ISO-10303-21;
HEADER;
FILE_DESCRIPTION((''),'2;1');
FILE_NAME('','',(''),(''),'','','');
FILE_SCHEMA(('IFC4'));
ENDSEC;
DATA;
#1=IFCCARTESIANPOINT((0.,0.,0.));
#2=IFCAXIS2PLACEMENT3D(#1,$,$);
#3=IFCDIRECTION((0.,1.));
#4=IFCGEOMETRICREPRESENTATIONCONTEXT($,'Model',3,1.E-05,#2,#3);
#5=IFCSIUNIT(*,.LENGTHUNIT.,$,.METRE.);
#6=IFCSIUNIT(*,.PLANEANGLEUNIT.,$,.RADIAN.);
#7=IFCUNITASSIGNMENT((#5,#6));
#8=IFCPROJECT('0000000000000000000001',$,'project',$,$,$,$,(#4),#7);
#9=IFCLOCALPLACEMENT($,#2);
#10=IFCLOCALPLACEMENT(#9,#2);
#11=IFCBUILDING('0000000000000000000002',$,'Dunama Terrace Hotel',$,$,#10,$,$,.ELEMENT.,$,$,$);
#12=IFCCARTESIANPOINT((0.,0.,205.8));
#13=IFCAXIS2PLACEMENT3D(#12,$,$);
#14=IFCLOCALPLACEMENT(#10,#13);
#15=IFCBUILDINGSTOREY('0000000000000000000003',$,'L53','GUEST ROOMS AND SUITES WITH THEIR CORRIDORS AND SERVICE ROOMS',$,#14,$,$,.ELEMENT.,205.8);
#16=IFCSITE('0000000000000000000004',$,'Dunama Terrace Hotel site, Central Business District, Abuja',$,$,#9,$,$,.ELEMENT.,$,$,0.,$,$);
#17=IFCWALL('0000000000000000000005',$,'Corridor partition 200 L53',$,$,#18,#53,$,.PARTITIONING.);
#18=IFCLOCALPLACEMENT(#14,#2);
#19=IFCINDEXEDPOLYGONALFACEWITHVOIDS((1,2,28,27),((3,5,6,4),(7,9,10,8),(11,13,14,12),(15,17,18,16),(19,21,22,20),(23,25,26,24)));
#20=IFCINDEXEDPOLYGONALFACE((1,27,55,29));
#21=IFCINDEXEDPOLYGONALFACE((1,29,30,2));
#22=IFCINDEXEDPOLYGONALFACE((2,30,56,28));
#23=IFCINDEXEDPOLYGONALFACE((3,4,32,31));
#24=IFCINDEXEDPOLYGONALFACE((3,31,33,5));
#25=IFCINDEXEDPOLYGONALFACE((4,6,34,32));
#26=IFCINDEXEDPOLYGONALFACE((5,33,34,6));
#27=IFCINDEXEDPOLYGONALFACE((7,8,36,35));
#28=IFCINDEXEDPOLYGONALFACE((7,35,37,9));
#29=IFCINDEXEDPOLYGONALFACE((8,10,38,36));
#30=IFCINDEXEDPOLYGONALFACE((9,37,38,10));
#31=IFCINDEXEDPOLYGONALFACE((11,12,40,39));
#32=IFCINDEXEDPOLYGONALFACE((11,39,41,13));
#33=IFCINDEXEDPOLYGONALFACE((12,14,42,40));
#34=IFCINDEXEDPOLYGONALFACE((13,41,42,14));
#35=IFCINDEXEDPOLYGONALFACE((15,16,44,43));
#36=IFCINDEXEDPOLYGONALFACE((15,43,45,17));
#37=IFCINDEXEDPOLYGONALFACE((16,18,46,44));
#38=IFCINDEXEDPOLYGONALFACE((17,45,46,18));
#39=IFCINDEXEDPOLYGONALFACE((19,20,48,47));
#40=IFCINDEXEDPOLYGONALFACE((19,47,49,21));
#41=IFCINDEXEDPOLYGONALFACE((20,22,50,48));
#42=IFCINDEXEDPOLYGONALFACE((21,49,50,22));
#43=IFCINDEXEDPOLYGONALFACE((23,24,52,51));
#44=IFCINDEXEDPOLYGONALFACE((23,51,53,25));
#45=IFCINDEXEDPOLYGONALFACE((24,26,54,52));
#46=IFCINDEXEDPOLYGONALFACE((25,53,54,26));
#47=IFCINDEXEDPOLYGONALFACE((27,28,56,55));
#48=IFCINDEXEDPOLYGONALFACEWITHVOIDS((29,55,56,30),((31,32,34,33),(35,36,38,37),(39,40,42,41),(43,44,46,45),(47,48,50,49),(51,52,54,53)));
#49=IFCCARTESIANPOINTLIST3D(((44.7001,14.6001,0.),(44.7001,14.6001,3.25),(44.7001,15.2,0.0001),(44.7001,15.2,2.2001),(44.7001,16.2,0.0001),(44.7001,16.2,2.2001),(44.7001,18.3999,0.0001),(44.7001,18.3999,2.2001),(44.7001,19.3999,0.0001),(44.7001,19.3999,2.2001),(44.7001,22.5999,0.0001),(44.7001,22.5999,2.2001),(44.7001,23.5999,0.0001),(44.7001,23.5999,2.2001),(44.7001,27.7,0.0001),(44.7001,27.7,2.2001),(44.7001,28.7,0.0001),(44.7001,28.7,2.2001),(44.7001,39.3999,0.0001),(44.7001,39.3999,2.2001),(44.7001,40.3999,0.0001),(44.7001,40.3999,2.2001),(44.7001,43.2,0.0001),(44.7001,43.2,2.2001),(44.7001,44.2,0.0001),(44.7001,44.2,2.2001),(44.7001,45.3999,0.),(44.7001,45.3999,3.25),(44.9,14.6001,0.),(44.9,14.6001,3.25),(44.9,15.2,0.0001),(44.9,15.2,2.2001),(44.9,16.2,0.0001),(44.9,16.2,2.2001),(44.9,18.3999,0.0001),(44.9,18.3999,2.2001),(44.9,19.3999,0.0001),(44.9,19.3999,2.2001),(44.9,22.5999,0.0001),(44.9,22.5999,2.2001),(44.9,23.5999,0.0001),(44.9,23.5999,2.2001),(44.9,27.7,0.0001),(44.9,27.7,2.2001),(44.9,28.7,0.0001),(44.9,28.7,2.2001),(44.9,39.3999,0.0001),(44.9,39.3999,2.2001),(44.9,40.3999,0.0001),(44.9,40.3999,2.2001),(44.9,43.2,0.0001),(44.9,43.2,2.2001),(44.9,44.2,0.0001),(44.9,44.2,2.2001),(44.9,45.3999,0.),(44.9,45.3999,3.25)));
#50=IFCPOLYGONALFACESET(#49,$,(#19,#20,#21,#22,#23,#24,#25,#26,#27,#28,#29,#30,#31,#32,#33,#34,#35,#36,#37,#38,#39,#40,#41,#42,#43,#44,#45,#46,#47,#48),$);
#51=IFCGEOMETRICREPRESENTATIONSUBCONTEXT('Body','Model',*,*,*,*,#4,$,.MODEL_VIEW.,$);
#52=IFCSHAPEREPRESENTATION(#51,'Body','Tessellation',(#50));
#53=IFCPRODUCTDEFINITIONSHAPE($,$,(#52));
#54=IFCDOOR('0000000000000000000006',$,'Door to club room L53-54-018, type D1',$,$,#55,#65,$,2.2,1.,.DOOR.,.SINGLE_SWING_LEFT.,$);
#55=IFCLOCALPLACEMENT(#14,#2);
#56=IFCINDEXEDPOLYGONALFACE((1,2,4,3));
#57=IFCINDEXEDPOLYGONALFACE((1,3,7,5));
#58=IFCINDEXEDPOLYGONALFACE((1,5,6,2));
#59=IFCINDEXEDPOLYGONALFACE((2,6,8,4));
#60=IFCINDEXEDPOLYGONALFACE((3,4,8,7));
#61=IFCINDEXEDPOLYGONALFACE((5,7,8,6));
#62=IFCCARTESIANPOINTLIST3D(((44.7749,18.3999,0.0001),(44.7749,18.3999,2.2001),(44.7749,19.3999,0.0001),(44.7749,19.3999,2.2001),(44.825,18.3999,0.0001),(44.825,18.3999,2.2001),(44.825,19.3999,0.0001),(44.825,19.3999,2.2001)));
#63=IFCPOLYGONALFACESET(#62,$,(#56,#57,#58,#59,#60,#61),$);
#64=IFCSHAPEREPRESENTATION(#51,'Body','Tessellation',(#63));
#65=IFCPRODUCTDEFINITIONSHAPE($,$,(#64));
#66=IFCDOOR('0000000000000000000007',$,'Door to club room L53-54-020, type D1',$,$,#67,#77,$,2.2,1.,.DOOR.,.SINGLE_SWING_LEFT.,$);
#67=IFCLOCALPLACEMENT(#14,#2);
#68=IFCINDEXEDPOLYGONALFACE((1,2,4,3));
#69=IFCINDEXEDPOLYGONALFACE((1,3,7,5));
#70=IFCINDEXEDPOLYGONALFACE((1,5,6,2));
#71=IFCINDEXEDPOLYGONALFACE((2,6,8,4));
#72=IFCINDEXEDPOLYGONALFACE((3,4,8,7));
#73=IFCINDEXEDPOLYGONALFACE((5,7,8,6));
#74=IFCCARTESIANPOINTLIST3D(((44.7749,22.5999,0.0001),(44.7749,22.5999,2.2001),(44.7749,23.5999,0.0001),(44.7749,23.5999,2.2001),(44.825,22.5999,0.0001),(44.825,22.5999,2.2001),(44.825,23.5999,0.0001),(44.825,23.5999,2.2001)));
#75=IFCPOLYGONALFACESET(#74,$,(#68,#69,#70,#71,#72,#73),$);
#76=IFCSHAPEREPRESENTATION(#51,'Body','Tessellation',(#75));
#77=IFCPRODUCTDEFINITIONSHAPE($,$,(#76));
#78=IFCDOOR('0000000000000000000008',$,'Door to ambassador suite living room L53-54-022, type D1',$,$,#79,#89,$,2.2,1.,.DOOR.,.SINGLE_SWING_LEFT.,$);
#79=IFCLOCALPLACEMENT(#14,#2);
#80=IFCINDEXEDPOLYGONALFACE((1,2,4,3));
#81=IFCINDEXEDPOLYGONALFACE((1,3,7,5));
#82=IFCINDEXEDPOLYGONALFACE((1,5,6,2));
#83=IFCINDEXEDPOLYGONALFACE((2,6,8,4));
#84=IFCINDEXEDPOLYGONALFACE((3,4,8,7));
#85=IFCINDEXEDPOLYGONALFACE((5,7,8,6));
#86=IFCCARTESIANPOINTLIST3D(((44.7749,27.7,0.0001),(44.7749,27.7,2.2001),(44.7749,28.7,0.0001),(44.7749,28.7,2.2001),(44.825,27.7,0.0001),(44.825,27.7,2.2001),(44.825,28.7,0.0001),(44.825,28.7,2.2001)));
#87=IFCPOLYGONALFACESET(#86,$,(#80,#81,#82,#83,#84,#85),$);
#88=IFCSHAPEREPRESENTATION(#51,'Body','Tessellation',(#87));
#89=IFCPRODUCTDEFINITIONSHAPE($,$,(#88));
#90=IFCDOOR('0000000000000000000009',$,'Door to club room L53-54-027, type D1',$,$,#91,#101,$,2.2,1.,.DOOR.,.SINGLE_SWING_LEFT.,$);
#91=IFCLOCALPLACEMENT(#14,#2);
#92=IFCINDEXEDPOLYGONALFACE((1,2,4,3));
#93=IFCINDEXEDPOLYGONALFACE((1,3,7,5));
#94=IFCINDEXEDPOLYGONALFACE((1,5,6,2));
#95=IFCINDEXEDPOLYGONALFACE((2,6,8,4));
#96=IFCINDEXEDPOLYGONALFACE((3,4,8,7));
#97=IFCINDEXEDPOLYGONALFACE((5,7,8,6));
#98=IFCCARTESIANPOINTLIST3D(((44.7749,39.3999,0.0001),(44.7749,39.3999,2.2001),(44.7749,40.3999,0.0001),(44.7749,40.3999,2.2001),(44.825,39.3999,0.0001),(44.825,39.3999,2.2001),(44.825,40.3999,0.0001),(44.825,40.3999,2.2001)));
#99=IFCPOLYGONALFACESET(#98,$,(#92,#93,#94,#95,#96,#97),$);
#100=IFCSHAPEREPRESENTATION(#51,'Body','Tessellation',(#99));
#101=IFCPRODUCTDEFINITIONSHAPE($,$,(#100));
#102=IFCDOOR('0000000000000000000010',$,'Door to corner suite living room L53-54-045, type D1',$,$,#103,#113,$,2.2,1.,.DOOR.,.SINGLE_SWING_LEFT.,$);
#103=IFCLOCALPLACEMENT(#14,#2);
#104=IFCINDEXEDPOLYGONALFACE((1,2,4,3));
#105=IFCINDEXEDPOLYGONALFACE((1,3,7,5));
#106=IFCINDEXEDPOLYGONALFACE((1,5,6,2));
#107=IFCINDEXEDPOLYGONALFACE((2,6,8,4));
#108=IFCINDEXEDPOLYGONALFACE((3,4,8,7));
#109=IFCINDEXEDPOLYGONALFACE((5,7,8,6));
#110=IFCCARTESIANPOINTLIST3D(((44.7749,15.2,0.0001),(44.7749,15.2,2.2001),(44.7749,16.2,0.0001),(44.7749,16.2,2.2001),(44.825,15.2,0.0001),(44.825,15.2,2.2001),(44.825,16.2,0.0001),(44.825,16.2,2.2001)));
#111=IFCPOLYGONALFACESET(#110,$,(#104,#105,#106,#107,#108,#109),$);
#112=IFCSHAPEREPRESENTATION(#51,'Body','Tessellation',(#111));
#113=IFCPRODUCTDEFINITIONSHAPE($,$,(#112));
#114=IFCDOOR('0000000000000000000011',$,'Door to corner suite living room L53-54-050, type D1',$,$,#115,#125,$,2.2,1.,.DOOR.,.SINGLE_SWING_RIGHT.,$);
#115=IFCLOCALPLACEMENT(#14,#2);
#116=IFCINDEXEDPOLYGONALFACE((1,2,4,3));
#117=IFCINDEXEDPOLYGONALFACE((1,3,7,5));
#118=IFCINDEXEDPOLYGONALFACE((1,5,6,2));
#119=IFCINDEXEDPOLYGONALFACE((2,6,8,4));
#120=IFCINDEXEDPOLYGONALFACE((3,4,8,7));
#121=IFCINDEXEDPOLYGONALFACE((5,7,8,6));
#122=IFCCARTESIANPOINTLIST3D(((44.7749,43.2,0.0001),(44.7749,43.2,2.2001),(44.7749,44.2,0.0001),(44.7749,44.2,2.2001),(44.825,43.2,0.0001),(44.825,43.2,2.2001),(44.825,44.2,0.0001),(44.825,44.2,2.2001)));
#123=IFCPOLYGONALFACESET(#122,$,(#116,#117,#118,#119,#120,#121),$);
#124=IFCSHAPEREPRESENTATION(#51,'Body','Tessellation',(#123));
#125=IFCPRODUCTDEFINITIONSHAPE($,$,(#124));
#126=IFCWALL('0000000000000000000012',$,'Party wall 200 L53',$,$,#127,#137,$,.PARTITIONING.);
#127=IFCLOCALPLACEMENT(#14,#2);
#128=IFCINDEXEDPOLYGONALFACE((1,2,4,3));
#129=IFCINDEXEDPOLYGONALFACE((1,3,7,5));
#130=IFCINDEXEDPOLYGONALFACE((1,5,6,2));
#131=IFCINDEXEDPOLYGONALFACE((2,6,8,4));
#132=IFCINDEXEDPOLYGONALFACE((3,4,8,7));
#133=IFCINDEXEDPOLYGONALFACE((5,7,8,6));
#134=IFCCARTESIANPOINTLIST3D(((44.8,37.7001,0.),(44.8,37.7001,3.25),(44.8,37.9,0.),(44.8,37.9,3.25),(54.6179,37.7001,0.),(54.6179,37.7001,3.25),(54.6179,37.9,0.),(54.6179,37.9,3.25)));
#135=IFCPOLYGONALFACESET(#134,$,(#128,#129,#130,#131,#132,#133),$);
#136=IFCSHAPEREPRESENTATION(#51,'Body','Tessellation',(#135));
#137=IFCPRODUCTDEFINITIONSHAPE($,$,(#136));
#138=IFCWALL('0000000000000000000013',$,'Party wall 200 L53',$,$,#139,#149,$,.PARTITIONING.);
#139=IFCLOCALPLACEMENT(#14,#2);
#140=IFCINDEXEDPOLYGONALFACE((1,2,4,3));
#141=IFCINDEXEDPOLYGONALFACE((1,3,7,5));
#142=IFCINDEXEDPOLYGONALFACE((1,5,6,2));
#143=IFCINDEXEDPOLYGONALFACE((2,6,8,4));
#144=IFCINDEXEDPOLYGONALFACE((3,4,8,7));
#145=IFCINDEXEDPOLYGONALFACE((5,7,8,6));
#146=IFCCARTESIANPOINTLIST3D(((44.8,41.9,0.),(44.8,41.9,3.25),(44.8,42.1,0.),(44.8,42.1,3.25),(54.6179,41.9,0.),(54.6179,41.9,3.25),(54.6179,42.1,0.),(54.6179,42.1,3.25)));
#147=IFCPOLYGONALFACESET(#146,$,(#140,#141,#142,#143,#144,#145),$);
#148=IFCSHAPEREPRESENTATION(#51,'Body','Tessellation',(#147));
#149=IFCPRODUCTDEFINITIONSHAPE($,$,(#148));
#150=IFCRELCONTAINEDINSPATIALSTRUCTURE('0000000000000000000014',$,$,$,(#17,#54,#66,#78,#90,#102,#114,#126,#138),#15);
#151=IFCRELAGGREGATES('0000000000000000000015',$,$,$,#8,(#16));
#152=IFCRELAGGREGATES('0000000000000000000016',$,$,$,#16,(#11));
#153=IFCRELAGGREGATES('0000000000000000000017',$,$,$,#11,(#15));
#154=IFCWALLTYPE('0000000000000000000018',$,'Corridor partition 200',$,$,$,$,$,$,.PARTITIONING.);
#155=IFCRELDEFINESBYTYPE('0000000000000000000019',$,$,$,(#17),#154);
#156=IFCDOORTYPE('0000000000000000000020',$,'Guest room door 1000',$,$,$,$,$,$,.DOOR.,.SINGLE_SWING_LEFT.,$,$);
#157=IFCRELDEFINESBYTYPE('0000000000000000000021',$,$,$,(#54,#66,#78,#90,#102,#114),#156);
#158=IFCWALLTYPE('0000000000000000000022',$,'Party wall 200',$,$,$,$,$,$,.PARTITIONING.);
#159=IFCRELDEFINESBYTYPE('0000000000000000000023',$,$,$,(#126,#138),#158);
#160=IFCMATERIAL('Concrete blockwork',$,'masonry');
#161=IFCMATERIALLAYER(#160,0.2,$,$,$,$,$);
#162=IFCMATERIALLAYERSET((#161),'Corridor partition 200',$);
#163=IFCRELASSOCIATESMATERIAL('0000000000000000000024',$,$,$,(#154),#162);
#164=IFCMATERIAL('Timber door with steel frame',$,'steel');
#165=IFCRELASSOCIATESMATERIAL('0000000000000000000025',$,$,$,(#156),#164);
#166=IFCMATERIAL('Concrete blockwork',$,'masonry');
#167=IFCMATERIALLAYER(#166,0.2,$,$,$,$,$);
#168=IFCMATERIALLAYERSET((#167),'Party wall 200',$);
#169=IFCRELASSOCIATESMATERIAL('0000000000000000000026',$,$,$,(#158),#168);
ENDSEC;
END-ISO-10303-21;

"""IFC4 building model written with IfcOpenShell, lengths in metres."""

from ifc_helpers import new_model, si_unit, direction, frame, frame_2d, origin, place, context, subcontext, project, spatial, rectangle, extrude, material, layer, layer_set, type_object, element, fill, save


model = new_model("IFC4")

# Units and contexts
model_context = context("Model", 3, precision=1e-05, world=origin(), true_north=direction((0.0, 1.0)))
body_context = subcontext(model_context, "Body", "Model", "MODEL_VIEW")
ifc_project = project(units=[si_unit("LENGTHUNIT", "METRE"), si_unit("PLANEANGLEUNIT", "RADIAN")], contexts=[model_context])

# Site, building, storey
site_placement = place(None, origin())
site = spatial("IfcSite", under=ifc_project, at=site_placement, Name="Dunama Terrace Hotel site, Central Business District, Abuja", CompositionType="ELEMENT", RefElevation=0.0)
building_placement = place(site_placement, origin())
building = spatial("IfcBuilding", under=site, at=building_placement, Name="Dunama Terrace Hotel", CompositionType="ELEMENT")
storey_placement = place(building_placement, frame((0.0, 0.0, 205.8)))
storey = spatial("IfcBuildingStorey", under=building, at=storey_placement, Name="L53", Description="GUEST ROOMS AND SUITES WITH THEIR CORRIDORS AND SERVICE ROOMS", CompositionType="ELEMENT", Elevation=205.8)

# Wall, openings, doors
ifc_material_1 = material(Name="Concrete blockwork", Category="masonry")
ifc_layer_1 = layer(ifc_material_1, 0.2)
ifc_layer_set_1 = layer_set([ifc_layer_1], Name="Corridor partition 200")
wall_type_1 = type_object("IfcWallType", Name="Corridor partition 200", PredefinedType="PARTITIONING", material=ifc_layer_set_1)
wall_1_placement = place(storey_placement, frame((44.8, 45.3999, 0.0), z_axis=(0.0, 0.0, 1.0), x_axis=(0.0, -1.0, 0.0)))
wall_1 = element("IfcWall", 1, at=wall_1_placement, inside=storey, type_object=wall_type_1, Name="Corridor partition 200 L53", PredefinedType="PARTITIONING", context=body_context, shape_type="SweptSolid", body=[
    extrude(rectangle(XDim=30.7998, YDim=0.2, at=frame_2d((15.3999, 0.0))), origin(), (0.0, 0.0, 1.0), 3.25),
])
opening_1_placement = place(wall_1_placement, frame((26.0, 0.0, 0.0)))
opening_1 = element("IfcOpeningElement", 2, at=opening_1_placement, cuts=wall_1, PredefinedType="OPENING", context=body_context, shape_type="SweptSolid", body=[
    extrude(rectangle(XDim=1.0, YDim=2.2, at=frame_2d((0.5, 1.1001))), frame((0.0, 0.1099, 0.0), z_axis=(0.0, -1.0, 0.0), x_axis=(1.0, 0.0, 0.0)), (0.0, 0.0, 1.0), 0.22),
])
opening_2_placement = place(wall_1_placement, frame((21.8, 0.0, 0.0)))
opening_2 = element("IfcOpeningElement", 3, at=opening_2_placement, cuts=wall_1, PredefinedType="OPENING", context=body_context, shape_type="SweptSolid", body=[
    extrude(rectangle(XDim=1.0, YDim=2.2, at=frame_2d((0.5, 1.1001))), frame((0.0, 0.1099, 0.0), z_axis=(0.0, -1.0, 0.0), x_axis=(1.0, 0.0, 0.0)), (0.0, 0.0, 1.0), 0.22),
])
opening_3_placement = place(wall_1_placement, frame((16.7, 0.0, 0.0)))
opening_3 = element("IfcOpeningElement", 4, at=opening_3_placement, cuts=wall_1, PredefinedType="OPENING", context=body_context, shape_type="SweptSolid", body=[
    extrude(rectangle(XDim=1.0, YDim=2.2, at=frame_2d((0.5, 1.1001))), frame((0.0, 0.1099, 0.0), z_axis=(0.0, -1.0, 0.0), x_axis=(1.0, 0.0, 0.0)), (0.0, 0.0, 1.0), 0.22),
])
opening_4_placement = place(wall_1_placement, frame((5.0, 0.0, 0.0)))
opening_4 = element("IfcOpeningElement", 5, at=opening_4_placement, cuts=wall_1, PredefinedType="OPENING", context=body_context, shape_type="SweptSolid", body=[
    extrude(rectangle(XDim=1.0, YDim=2.2, at=frame_2d((0.5, 1.1001))), frame((0.0, 0.1099, 0.0), z_axis=(0.0, -1.0, 0.0), x_axis=(1.0, 0.0, 0.0)), (0.0, 0.0, 1.0), 0.22),
])
opening_5_placement = place(wall_1_placement, frame((29.2, 0.0, 0.0)))
opening_5 = element("IfcOpeningElement", 6, at=opening_5_placement, cuts=wall_1, PredefinedType="OPENING", context=body_context, shape_type="SweptSolid", body=[
    extrude(rectangle(XDim=1.0, YDim=2.2, at=frame_2d((0.5, 1.1001))), frame((0.0, 0.1099, 0.0), z_axis=(0.0, -1.0, 0.0), x_axis=(1.0, 0.0, 0.0)), (0.0, 0.0, 1.0), 0.22),
])
opening_6_placement = place(wall_1_placement, frame((1.2, 0.0, 0.0)))
opening_6 = element("IfcOpeningElement", 7, at=opening_6_placement, cuts=wall_1, PredefinedType="OPENING", context=body_context, shape_type="SweptSolid", body=[
    extrude(rectangle(XDim=1.0, YDim=2.2, at=frame_2d((0.5, 1.1001))), frame((0.0, 0.1099, 0.0), z_axis=(0.0, -1.0, 0.0), x_axis=(1.0, 0.0, 0.0)), (0.0, 0.0, 1.0), 0.22),
])
ifc_material_2 = material(Name="Timber door with steel frame", Category="steel")
door_type_1 = type_object("IfcDoorType", Name="Guest room door 1000", OperationType="SINGLE_SWING_LEFT", PredefinedType="DOOR", material=ifc_material_2)
door_1_placement = place(opening_1_placement, origin())
door_1 = element("IfcDoor", 8, at=door_1_placement, inside=storey, type_object=door_type_1, Name="Door to club room L53-54-018, type D1", OperationType="SINGLE_SWING_LEFT", OverallHeight=2.2, OverallWidth=1.0, PredefinedType="DOOR", context=body_context, shape_type="SweptSolid", body=[
    extrude(rectangle(XDim=1.0, YDim=2.2, at=frame_2d((0.5, 1.1001))), frame((0.0, 0.0249, 0.0), z_axis=(0.0, -1.0, 0.0), x_axis=(1.0, 0.0, 0.0)), (0.0, 0.0, 1.0), 0.05),
])
fill(opening_1, door_1)
door_2_placement = place(opening_2_placement, origin())
door_2 = element("IfcDoor", 9, at=door_2_placement, inside=storey, type_object=door_type_1, Name="Door to club room L53-54-020, type D1", OperationType="SINGLE_SWING_LEFT", OverallHeight=2.2, OverallWidth=1.0, PredefinedType="DOOR", context=body_context, shape_type="SweptSolid", body=[
    extrude(rectangle(XDim=1.0, YDim=2.2, at=frame_2d((0.5, 1.1001))), frame((0.0, 0.0249, 0.0), z_axis=(0.0, -1.0, 0.0), x_axis=(1.0, 0.0, 0.0)), (0.0, 0.0, 1.0), 0.05),
])
fill(opening_2, door_2)
door_3_placement = place(opening_3_placement, origin())
door_3 = element("IfcDoor", 10, at=door_3_placement, inside=storey, type_object=door_type_1, Name="Door to ambassador suite living room L53-54-022, type D1", OperationType="SINGLE_SWING_LEFT", OverallHeight=2.2, OverallWidth=1.0, PredefinedType="DOOR", context=body_context, shape_type="SweptSolid", body=[
    extrude(rectangle(XDim=1.0, YDim=2.2, at=frame_2d((0.5, 1.1001))), frame((0.0, 0.0249, 0.0), z_axis=(0.0, -1.0, 0.0), x_axis=(1.0, 0.0, 0.0)), (0.0, 0.0, 1.0), 0.05),
])
fill(opening_3, door_3)
door_4_placement = place(opening_4_placement, origin())
door_4 = element("IfcDoor", 11, at=door_4_placement, inside=storey, type_object=door_type_1, Name="Door to club room L53-54-027, type D1", OperationType="SINGLE_SWING_LEFT", OverallHeight=2.2, OverallWidth=1.0, PredefinedType="DOOR", context=body_context, shape_type="SweptSolid", body=[
    extrude(rectangle(XDim=1.0, YDim=2.2, at=frame_2d((0.5, 1.1001))), frame((0.0, 0.0249, 0.0), z_axis=(0.0, -1.0, 0.0), x_axis=(1.0, 0.0, 0.0)), (0.0, 0.0, 1.0), 0.05),
])
fill(opening_4, door_4)
door_5_placement = place(opening_5_placement, origin())
door_5 = element("IfcDoor", 12, at=door_5_placement, inside=storey, type_object=door_type_1, Name="Door to corner suite living room L53-54-045, type D1", OperationType="SINGLE_SWING_LEFT", OverallHeight=2.2, OverallWidth=1.0, PredefinedType="DOOR", context=body_context, shape_type="SweptSolid", body=[
    extrude(rectangle(XDim=1.0, YDim=2.2, at=frame_2d((0.5, 1.1001))), frame((0.0, 0.0249, 0.0), z_axis=(0.0, -1.0, 0.0), x_axis=(1.0, 0.0, 0.0)), (0.0, 0.0, 1.0), 0.05),
])
fill(opening_5, door_5)
door_6_placement = place(opening_6_placement, origin())
door_6 = element("IfcDoor", 13, at=door_6_placement, inside=storey, type_object=door_type_1, Name="Door to corner suite living room L53-54-050, type D1", OperationType="SINGLE_SWING_RIGHT", OverallHeight=2.2, OverallWidth=1.0, PredefinedType="DOOR", context=body_context, shape_type="SweptSolid", body=[
    extrude(rectangle(XDim=1.0, YDim=2.2, at=frame_2d((0.5, 1.1001))), frame((0.0, 0.0249, 0.0), z_axis=(0.0, -1.0, 0.0), x_axis=(1.0, 0.0, 0.0)), (0.0, 0.0, 1.0), 0.05),
])
fill(opening_6, door_6)

# Walls
ifc_material_3 = material(Name="Concrete blockwork", Category="masonry")
ifc_layer_2 = layer(ifc_material_3, 0.2)
ifc_layer_set_2 = layer_set([ifc_layer_2], Name="Party wall 200")
wall_type_2 = type_object("IfcWallType", Name="Party wall 200", PredefinedType="PARTITIONING", material=ifc_layer_set_2)
for number, where, z_axis, x_axis, name in (
    (14, (44.8, 37.8, 0.0), (0.0, 0.0, 1.0), (1.0, 0.0, 0.0), "Party wall 200 L53"),
    (15, (44.8, 42.0, 0.0), (0.0, 0.0, 1.0), (1.0, 0.0, 0.0), "Party wall 200 L53"),
):
    element("IfcWall", number, at=place(storey_placement, frame(where, z_axis=z_axis, x_axis=x_axis)), inside=storey, type_object=wall_type_2, Name=name, PredefinedType="PARTITIONING", context=body_context, shape_type="SweptSolid", body=[
        extrude(rectangle(XDim=9.8179, YDim=0.2, at=frame_2d((4.9089, 0.0))), origin(), (0.0, 0.0, 1.0), 3.25),
    ])

save(model, "model.ifc")
